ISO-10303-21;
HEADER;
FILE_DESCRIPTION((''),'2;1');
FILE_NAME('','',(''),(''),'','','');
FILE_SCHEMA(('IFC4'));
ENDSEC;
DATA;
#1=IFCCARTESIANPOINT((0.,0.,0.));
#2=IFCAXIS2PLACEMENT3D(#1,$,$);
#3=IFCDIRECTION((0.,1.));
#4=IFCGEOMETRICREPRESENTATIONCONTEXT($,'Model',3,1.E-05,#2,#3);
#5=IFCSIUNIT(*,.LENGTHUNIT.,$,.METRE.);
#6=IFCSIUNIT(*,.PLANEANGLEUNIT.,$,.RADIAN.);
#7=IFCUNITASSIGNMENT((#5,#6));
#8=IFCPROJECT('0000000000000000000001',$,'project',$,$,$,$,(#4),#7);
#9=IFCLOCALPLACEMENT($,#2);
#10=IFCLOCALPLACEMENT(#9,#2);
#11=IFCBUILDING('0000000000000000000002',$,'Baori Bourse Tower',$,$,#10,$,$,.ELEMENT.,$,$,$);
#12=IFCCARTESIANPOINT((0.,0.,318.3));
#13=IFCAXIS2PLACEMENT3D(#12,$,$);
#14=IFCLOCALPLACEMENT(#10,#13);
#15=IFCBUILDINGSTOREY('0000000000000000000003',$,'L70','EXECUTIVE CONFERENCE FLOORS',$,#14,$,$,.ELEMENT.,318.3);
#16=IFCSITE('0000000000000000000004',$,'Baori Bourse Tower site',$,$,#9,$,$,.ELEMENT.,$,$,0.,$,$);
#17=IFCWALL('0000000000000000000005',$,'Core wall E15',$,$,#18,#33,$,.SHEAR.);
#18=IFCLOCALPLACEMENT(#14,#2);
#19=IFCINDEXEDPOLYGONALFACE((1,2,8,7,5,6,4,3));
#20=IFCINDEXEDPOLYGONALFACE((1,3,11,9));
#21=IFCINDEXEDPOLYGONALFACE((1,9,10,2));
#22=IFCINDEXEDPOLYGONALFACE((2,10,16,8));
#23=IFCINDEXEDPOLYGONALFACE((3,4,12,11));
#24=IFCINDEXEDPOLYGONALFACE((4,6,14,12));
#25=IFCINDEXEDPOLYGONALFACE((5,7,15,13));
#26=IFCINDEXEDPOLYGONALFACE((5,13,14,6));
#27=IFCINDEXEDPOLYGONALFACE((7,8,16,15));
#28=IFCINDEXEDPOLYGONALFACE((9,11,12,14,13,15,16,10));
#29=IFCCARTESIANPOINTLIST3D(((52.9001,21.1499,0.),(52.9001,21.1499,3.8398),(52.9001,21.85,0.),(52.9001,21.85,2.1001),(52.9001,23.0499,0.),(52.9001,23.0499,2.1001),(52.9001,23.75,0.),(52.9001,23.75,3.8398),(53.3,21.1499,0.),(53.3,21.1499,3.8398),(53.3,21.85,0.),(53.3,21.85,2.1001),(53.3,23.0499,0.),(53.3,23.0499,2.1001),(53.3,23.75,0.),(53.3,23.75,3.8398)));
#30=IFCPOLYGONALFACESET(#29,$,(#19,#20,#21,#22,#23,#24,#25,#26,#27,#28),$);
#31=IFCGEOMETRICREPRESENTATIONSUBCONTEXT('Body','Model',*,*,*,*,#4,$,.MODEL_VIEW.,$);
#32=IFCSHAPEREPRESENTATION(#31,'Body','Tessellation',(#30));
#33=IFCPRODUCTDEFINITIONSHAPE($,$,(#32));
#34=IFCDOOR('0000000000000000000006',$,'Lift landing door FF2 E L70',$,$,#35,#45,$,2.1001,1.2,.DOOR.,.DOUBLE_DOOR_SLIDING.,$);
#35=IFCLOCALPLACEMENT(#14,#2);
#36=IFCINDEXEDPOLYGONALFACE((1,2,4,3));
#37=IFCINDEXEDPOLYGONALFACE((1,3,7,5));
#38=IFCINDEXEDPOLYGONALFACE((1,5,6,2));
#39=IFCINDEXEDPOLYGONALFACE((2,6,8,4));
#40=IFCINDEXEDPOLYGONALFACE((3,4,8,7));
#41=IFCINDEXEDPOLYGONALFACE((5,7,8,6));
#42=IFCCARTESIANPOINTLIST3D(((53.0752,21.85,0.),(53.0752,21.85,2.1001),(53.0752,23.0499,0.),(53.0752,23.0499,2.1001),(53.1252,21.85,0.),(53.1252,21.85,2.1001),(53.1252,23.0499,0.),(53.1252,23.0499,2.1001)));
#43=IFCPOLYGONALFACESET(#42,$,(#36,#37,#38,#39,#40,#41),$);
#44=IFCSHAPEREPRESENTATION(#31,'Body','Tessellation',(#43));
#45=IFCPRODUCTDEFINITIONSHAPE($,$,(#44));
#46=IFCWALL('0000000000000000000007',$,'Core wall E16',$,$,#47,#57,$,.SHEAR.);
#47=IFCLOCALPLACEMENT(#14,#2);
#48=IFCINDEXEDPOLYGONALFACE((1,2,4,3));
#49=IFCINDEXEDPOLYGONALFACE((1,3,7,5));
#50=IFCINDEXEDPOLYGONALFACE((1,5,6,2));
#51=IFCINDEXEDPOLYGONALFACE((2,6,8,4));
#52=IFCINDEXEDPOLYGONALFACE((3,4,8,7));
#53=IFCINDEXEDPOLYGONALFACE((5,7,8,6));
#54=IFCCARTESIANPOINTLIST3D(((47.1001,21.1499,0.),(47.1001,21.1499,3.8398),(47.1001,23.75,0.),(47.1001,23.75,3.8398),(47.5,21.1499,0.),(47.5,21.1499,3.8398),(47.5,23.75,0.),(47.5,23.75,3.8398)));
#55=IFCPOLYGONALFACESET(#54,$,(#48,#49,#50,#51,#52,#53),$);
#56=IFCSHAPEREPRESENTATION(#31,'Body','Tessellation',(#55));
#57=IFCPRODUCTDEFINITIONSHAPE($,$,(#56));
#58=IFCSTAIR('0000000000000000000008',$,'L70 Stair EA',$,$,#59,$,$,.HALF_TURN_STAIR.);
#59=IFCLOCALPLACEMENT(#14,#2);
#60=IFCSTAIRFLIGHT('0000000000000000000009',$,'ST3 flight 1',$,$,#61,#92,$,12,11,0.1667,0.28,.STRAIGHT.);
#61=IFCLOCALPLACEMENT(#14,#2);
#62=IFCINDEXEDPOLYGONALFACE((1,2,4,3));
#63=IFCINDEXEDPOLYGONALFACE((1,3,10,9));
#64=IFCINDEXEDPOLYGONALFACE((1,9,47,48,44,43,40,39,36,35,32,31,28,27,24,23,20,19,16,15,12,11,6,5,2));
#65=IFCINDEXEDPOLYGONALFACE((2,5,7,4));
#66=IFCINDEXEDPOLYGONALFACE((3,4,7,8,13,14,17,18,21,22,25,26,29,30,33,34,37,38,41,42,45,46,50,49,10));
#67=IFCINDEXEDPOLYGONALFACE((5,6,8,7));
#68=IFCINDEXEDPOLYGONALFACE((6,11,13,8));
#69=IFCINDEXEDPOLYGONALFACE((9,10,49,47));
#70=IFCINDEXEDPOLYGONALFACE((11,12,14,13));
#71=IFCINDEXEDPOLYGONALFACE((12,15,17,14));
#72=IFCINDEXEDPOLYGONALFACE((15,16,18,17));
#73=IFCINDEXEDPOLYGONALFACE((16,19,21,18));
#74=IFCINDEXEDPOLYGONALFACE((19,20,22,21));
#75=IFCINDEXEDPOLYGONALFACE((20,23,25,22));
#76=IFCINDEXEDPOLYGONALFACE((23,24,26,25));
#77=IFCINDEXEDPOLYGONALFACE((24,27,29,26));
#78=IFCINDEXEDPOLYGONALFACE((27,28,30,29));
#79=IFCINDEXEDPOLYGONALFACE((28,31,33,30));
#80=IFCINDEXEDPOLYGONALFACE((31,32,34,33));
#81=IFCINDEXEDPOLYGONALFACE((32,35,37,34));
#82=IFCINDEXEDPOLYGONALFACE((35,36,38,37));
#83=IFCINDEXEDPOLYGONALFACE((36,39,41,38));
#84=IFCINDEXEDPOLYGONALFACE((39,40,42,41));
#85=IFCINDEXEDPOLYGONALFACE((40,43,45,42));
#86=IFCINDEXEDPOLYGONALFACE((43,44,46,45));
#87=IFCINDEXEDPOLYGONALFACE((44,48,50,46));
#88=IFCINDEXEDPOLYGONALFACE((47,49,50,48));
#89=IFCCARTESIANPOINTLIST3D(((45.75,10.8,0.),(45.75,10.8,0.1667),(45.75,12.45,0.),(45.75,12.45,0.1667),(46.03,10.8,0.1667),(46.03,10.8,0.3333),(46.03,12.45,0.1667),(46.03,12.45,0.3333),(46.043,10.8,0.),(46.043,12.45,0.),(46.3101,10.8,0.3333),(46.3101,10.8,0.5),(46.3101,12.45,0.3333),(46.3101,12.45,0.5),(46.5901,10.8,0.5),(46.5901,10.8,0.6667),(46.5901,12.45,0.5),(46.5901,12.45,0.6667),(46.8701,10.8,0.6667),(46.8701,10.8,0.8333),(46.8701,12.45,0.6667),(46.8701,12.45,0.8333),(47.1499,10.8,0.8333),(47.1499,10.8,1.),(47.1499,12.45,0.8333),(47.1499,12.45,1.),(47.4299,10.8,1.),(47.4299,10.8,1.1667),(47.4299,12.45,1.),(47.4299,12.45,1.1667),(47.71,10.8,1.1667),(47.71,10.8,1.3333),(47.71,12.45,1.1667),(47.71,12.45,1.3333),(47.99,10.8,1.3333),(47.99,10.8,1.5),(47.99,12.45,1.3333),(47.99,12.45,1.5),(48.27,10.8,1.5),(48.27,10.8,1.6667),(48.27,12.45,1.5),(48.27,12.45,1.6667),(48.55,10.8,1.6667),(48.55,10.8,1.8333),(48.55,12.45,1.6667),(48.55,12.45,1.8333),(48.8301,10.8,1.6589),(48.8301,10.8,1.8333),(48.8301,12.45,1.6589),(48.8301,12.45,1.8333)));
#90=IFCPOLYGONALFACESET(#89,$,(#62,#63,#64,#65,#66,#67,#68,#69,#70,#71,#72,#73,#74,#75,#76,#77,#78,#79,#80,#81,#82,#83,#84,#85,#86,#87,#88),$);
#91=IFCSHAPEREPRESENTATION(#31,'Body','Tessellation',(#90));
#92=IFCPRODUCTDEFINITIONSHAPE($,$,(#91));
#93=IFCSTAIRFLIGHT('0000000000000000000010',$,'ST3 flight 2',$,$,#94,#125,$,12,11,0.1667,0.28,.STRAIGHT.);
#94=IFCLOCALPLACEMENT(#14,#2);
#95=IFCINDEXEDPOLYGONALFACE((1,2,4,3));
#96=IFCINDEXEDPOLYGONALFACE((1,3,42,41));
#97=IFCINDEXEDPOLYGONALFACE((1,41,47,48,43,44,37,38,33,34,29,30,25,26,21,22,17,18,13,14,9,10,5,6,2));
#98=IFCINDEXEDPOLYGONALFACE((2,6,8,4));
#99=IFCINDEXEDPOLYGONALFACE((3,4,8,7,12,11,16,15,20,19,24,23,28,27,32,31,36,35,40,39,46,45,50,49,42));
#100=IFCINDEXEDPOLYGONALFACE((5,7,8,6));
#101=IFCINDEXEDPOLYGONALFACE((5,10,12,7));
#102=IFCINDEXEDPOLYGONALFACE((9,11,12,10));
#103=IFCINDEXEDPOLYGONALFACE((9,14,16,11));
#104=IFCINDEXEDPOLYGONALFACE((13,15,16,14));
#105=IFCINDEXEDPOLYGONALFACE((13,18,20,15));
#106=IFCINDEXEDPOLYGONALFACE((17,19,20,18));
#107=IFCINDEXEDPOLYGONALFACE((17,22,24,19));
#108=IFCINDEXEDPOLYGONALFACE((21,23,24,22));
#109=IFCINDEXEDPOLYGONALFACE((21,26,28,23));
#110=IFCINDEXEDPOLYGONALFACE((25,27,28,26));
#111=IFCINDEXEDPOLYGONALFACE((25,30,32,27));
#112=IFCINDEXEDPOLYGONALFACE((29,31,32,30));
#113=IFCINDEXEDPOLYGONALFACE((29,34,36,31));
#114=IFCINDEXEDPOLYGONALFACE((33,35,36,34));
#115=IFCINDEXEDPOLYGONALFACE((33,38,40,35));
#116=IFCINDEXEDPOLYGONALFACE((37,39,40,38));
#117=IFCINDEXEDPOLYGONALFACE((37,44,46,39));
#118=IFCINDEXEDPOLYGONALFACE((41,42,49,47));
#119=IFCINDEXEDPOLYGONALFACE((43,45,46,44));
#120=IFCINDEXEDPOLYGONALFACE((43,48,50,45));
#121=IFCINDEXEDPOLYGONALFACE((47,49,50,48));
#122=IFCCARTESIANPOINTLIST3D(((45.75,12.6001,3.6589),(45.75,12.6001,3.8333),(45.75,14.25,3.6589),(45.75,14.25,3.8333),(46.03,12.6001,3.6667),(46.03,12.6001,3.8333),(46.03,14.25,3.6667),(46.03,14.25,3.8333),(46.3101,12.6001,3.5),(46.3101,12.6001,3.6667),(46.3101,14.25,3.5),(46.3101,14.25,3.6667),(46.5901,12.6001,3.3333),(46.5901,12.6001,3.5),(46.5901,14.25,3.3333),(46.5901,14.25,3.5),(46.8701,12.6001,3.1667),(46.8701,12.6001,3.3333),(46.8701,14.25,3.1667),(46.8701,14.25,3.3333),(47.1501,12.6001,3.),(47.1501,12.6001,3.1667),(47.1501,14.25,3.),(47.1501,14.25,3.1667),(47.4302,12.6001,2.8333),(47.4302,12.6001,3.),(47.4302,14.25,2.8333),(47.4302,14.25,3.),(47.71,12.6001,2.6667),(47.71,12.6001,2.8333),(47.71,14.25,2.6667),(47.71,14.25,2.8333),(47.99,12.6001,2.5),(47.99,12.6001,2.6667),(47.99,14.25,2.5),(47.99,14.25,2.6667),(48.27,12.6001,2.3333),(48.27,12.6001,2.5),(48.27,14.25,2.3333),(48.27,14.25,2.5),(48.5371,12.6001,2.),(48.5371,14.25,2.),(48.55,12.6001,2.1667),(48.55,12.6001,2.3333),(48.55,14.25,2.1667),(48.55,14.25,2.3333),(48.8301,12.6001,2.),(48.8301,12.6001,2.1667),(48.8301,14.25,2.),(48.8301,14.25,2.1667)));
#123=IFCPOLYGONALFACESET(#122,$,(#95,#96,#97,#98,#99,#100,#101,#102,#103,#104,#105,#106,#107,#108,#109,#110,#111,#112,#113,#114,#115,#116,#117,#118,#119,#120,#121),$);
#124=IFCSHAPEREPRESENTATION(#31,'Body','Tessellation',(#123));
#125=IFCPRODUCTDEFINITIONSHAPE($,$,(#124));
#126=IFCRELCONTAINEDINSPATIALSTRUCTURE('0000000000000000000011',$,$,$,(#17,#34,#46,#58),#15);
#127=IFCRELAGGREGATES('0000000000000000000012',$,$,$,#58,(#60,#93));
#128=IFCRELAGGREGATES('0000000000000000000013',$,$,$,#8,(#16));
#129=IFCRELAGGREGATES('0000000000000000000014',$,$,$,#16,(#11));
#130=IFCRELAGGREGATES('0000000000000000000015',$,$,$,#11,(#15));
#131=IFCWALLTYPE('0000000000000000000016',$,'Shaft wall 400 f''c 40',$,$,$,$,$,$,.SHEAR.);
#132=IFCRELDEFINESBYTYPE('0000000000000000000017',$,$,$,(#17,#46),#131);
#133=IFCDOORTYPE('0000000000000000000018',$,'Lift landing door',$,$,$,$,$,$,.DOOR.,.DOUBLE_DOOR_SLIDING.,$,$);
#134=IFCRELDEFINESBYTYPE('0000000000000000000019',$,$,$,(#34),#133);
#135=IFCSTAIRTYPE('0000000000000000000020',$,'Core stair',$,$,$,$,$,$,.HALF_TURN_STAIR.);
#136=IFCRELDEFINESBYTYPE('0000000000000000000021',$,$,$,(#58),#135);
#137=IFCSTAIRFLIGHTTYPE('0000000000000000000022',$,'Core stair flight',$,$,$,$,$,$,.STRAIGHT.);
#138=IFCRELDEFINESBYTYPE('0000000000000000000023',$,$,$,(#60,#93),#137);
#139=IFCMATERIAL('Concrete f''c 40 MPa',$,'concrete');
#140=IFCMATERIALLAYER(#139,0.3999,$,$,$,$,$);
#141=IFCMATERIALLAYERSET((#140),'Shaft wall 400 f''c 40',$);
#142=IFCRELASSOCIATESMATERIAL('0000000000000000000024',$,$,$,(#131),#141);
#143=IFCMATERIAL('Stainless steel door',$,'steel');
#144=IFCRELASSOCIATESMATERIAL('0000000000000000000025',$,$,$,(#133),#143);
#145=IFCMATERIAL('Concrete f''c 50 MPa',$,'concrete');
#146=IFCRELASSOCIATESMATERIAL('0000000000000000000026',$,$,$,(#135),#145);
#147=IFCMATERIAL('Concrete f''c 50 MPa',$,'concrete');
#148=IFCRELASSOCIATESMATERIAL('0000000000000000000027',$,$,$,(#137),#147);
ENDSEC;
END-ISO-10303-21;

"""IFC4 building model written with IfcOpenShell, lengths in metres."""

from ifc_helpers import new_model, si_unit, direction, frame, frame_2d, origin, place, context, subcontext, project, spatial, polyline, rectangle, outline, extrude, material, layer, layer_set, type_object, element, fill, aggregate, save


model = new_model("IFC4")

# Units and contexts
model_context = context("Model", 3, precision=1e-05, world=origin(), true_north=direction((0.0, 1.0)))
body_context = subcontext(model_context, "Body", "Model", "MODEL_VIEW")
ifc_project = project(units=[si_unit("LENGTHUNIT", "METRE"), si_unit("PLANEANGLEUNIT", "RADIAN")], contexts=[model_context])

# Site, building, storey
site_placement = place(None, origin())
site = spatial("IfcSite", under=ifc_project, at=site_placement, Name="Baori Bourse Tower site", CompositionType="ELEMENT", RefElevation=0.0)
building_placement = place(site_placement, origin())
building = spatial("IfcBuilding", under=site, at=building_placement, Name="Baori Bourse Tower", CompositionType="ELEMENT")
storey_placement = place(building_placement, frame((0.0, 0.0, 318.3)))
storey = spatial("IfcBuildingStorey", under=building, at=storey_placement, Name="L70", Description="EXECUTIVE CONFERENCE FLOORS", CompositionType="ELEMENT", Elevation=318.3)

# Shared definitions
ifc_material_1 = material(Name="Concrete f'c 40 MPa", Category="concrete")
ifc_layer_1 = layer(ifc_material_1, 0.3999)
ifc_layer_set_1 = layer_set([ifc_layer_1], Name="Shaft wall 400 f'c 40")
wall_type_1 = type_object("IfcWallType", Name="Shaft wall 400 f'c 40", PredefinedType="SHEAR", material=ifc_layer_set_1)

# Wall, opening, door
wall_1_placement = place(storey_placement, frame((53.1001, 21.1499, 0.0), z_axis=(0.0, 0.0, 1.0), x_axis=(0.0, 1.0, 0.0)))
wall_1 = element("IfcWall", 1, at=wall_1_placement, inside=storey, type_object=wall_type_1, Name="Core wall E15", PredefinedType="SHEAR", context=body_context, shape_type="SweptSolid", body=[
    extrude(rectangle(XDim=2.6001, YDim=0.3999, at=frame_2d((1.3, 0.0))), origin(), (0.0, 0.0, 1.0), 3.8398),
])
opening_1_placement = place(wall_1_placement, frame((0.7, 0.0, 0.0)))
opening_1 = element("IfcOpeningElement", 2, at=opening_1_placement, cuts=wall_1, PredefinedType="OPENING", context=body_context, shape_type="SweptSolid", body=[
    extrude(rectangle(XDim=1.2, YDim=2.1001, at=frame_2d((0.6001, 1.05))), frame((0.0, 0.21, 0.0), z_axis=(0.0, -1.0, 0.0), x_axis=(1.0, 0.0, 0.0)), (0.0, 0.0, 1.0), 0.4199),
])
ifc_material_2 = material(Name="Stainless steel door", Category="steel")
door_type_1 = type_object("IfcDoorType", Name="Lift landing door", OperationType="DOUBLE_DOOR_SLIDING", PredefinedType="DOOR", material=ifc_material_2)
door_1_placement = place(opening_1_placement, origin())
door_1 = element("IfcDoor", 3, at=door_1_placement, inside=storey, type_object=door_type_1, Name="Lift landing door FF2 E L70", OperationType="DOUBLE_DOOR_SLIDING", OverallHeight=2.1001, OverallWidth=1.2, PredefinedType="DOOR", context=body_context, shape_type="SweptSolid", body=[
    extrude(rectangle(XDim=1.2, YDim=2.1001, at=frame_2d((0.6001, 1.05))), frame((0.0, 0.0249, 0.0), z_axis=(0.0, -1.0, 0.0), x_axis=(1.0, 0.0, 0.0)), (0.0, 0.0, 1.0), 0.05),
])
fill(opening_1, door_1)

# Wall
wall_2_placement = place(storey_placement, frame((47.3, 21.1499, 0.0), z_axis=(0.0, 0.0, 1.0), x_axis=(0.0, 1.0, 0.0)))
element("IfcWall", 4, at=wall_2_placement, inside=storey, type_object=wall_type_1, Name="Core wall E16", PredefinedType="SHEAR", context=body_context, shape_type="SweptSolid", body=[
    extrude(rectangle(XDim=2.6001, YDim=0.3999, at=frame_2d((1.3, 0.0))), origin(), (0.0, 0.0, 1.0), 3.8398),
])

# Stair, stair flights
ifc_material_3 = material(Name="Concrete f'c 50 MPa", Category="concrete")
stair_type = type_object("IfcStairType", Name="Core stair", PredefinedType="HALF_TURN_STAIR", material=ifc_material_3)
stair_placement = place(storey_placement, origin())
stair = element("IfcStair", 5, at=stair_placement, inside=storey, type_object=stair_type, Name="L70 Stair EA", PredefinedType="HALF_TURN_STAIR")
ifc_material_4 = material(Name="Concrete f'c 50 MPa", Category="concrete")
stair_flight_type = type_object("IfcStairFlightType", Name="Core stair flight", PredefinedType="STRAIGHT", material=ifc_material_4)
stair_flight_1_placement = place(storey_placement, frame((45.75, 11.625, 0.0), z_axis=(0.0, 0.0, 1.0), x_axis=(1.0, 0.0, 0.0)))
stair_flight_1 = element("IfcStairFlight", 6, at=stair_flight_1_placement, type_object=stair_flight_type, Name="ST3 flight 1", NumberOfRisers=12, NumberOfTreads=11, PredefinedType="STRAIGHT", RiserHeight=0.1667, TreadLength=0.28, context=body_context, shape_type="SweptSolid", body=[
    extrude(outline(polyline([(0.0, 0.0), (0.0, 0.1667), (0.28, 0.1667), (0.28, 0.3333), (0.5601, 0.3333), (0.5601, 0.5), (0.8401, 0.5), (0.8401, 0.6667), (1.1201, 0.6667), (1.1201, 0.8333), (1.3999, 0.8333), (1.3999, 1.0), (1.6799, 1.0), (1.6799, 1.1667), (1.96, 1.1667), (1.96, 1.3333), (2.24, 1.3333), (2.24, 1.5), (2.52, 1.5), (2.52, 1.6667), (2.8, 1.6667), (2.8, 1.8333), (3.0801, 1.8333), (3.0801, 2.0), (3.0801, 1.6589), (0.293, 0.0), (0.0, 0.0)])), frame((0.0, 0.825, 0.0), z_axis=(0.0, -1.0, 0.0), x_axis=(1.0, 0.0, 0.0)), (0.0, 0.0, 1.0), 1.6499),
])
stair_flight_2_placement = place(storey_placement, frame((48.8301, 13.425, 2.0), z_axis=(0.0, 0.0, 1.0), x_axis=(-1.0, 0.0, 0.0)))
stair_flight_2 = element("IfcStairFlight", 7, at=stair_flight_2_placement, type_object=stair_flight_type, Name="ST3 flight 2", NumberOfRisers=12, NumberOfTreads=11, PredefinedType="STRAIGHT", RiserHeight=0.1667, TreadLength=0.28, context=body_context, shape_type="SweptSolid", body=[
    extrude(outline(polyline([(0.0, 0.0), (0.0, 0.1667), (0.28, 0.1667), (0.28, 0.3333), (0.5601, 0.3333), (0.5601, 0.5), (0.8401, 0.5), (0.8401, 0.6667), (1.1201, 0.6667), (1.1201, 0.8333), (1.3999, 0.8333), (1.3999, 1.0), (1.6799, 1.0), (1.6799, 1.1667), (1.96, 1.1667), (1.96, 1.3333), (2.24, 1.3333), (2.24, 1.5), (2.52, 1.5), (2.52, 1.6667), (2.8, 1.6667), (2.8, 1.8333), (3.0801, 1.8333), (3.0801, 2.0), (3.0801, 1.6589), (0.293, 0.0), (0.0, 0.0)])), frame((0.0, 0.825, 0.0), z_axis=(0.0, -1.0, 0.0), x_axis=(1.0, 0.0, 0.0)), (0.0, 0.0, 1.0), 1.6499),
])
aggregate(stair, [stair_flight_1, stair_flight_2])

save(model, "model.ifc")
